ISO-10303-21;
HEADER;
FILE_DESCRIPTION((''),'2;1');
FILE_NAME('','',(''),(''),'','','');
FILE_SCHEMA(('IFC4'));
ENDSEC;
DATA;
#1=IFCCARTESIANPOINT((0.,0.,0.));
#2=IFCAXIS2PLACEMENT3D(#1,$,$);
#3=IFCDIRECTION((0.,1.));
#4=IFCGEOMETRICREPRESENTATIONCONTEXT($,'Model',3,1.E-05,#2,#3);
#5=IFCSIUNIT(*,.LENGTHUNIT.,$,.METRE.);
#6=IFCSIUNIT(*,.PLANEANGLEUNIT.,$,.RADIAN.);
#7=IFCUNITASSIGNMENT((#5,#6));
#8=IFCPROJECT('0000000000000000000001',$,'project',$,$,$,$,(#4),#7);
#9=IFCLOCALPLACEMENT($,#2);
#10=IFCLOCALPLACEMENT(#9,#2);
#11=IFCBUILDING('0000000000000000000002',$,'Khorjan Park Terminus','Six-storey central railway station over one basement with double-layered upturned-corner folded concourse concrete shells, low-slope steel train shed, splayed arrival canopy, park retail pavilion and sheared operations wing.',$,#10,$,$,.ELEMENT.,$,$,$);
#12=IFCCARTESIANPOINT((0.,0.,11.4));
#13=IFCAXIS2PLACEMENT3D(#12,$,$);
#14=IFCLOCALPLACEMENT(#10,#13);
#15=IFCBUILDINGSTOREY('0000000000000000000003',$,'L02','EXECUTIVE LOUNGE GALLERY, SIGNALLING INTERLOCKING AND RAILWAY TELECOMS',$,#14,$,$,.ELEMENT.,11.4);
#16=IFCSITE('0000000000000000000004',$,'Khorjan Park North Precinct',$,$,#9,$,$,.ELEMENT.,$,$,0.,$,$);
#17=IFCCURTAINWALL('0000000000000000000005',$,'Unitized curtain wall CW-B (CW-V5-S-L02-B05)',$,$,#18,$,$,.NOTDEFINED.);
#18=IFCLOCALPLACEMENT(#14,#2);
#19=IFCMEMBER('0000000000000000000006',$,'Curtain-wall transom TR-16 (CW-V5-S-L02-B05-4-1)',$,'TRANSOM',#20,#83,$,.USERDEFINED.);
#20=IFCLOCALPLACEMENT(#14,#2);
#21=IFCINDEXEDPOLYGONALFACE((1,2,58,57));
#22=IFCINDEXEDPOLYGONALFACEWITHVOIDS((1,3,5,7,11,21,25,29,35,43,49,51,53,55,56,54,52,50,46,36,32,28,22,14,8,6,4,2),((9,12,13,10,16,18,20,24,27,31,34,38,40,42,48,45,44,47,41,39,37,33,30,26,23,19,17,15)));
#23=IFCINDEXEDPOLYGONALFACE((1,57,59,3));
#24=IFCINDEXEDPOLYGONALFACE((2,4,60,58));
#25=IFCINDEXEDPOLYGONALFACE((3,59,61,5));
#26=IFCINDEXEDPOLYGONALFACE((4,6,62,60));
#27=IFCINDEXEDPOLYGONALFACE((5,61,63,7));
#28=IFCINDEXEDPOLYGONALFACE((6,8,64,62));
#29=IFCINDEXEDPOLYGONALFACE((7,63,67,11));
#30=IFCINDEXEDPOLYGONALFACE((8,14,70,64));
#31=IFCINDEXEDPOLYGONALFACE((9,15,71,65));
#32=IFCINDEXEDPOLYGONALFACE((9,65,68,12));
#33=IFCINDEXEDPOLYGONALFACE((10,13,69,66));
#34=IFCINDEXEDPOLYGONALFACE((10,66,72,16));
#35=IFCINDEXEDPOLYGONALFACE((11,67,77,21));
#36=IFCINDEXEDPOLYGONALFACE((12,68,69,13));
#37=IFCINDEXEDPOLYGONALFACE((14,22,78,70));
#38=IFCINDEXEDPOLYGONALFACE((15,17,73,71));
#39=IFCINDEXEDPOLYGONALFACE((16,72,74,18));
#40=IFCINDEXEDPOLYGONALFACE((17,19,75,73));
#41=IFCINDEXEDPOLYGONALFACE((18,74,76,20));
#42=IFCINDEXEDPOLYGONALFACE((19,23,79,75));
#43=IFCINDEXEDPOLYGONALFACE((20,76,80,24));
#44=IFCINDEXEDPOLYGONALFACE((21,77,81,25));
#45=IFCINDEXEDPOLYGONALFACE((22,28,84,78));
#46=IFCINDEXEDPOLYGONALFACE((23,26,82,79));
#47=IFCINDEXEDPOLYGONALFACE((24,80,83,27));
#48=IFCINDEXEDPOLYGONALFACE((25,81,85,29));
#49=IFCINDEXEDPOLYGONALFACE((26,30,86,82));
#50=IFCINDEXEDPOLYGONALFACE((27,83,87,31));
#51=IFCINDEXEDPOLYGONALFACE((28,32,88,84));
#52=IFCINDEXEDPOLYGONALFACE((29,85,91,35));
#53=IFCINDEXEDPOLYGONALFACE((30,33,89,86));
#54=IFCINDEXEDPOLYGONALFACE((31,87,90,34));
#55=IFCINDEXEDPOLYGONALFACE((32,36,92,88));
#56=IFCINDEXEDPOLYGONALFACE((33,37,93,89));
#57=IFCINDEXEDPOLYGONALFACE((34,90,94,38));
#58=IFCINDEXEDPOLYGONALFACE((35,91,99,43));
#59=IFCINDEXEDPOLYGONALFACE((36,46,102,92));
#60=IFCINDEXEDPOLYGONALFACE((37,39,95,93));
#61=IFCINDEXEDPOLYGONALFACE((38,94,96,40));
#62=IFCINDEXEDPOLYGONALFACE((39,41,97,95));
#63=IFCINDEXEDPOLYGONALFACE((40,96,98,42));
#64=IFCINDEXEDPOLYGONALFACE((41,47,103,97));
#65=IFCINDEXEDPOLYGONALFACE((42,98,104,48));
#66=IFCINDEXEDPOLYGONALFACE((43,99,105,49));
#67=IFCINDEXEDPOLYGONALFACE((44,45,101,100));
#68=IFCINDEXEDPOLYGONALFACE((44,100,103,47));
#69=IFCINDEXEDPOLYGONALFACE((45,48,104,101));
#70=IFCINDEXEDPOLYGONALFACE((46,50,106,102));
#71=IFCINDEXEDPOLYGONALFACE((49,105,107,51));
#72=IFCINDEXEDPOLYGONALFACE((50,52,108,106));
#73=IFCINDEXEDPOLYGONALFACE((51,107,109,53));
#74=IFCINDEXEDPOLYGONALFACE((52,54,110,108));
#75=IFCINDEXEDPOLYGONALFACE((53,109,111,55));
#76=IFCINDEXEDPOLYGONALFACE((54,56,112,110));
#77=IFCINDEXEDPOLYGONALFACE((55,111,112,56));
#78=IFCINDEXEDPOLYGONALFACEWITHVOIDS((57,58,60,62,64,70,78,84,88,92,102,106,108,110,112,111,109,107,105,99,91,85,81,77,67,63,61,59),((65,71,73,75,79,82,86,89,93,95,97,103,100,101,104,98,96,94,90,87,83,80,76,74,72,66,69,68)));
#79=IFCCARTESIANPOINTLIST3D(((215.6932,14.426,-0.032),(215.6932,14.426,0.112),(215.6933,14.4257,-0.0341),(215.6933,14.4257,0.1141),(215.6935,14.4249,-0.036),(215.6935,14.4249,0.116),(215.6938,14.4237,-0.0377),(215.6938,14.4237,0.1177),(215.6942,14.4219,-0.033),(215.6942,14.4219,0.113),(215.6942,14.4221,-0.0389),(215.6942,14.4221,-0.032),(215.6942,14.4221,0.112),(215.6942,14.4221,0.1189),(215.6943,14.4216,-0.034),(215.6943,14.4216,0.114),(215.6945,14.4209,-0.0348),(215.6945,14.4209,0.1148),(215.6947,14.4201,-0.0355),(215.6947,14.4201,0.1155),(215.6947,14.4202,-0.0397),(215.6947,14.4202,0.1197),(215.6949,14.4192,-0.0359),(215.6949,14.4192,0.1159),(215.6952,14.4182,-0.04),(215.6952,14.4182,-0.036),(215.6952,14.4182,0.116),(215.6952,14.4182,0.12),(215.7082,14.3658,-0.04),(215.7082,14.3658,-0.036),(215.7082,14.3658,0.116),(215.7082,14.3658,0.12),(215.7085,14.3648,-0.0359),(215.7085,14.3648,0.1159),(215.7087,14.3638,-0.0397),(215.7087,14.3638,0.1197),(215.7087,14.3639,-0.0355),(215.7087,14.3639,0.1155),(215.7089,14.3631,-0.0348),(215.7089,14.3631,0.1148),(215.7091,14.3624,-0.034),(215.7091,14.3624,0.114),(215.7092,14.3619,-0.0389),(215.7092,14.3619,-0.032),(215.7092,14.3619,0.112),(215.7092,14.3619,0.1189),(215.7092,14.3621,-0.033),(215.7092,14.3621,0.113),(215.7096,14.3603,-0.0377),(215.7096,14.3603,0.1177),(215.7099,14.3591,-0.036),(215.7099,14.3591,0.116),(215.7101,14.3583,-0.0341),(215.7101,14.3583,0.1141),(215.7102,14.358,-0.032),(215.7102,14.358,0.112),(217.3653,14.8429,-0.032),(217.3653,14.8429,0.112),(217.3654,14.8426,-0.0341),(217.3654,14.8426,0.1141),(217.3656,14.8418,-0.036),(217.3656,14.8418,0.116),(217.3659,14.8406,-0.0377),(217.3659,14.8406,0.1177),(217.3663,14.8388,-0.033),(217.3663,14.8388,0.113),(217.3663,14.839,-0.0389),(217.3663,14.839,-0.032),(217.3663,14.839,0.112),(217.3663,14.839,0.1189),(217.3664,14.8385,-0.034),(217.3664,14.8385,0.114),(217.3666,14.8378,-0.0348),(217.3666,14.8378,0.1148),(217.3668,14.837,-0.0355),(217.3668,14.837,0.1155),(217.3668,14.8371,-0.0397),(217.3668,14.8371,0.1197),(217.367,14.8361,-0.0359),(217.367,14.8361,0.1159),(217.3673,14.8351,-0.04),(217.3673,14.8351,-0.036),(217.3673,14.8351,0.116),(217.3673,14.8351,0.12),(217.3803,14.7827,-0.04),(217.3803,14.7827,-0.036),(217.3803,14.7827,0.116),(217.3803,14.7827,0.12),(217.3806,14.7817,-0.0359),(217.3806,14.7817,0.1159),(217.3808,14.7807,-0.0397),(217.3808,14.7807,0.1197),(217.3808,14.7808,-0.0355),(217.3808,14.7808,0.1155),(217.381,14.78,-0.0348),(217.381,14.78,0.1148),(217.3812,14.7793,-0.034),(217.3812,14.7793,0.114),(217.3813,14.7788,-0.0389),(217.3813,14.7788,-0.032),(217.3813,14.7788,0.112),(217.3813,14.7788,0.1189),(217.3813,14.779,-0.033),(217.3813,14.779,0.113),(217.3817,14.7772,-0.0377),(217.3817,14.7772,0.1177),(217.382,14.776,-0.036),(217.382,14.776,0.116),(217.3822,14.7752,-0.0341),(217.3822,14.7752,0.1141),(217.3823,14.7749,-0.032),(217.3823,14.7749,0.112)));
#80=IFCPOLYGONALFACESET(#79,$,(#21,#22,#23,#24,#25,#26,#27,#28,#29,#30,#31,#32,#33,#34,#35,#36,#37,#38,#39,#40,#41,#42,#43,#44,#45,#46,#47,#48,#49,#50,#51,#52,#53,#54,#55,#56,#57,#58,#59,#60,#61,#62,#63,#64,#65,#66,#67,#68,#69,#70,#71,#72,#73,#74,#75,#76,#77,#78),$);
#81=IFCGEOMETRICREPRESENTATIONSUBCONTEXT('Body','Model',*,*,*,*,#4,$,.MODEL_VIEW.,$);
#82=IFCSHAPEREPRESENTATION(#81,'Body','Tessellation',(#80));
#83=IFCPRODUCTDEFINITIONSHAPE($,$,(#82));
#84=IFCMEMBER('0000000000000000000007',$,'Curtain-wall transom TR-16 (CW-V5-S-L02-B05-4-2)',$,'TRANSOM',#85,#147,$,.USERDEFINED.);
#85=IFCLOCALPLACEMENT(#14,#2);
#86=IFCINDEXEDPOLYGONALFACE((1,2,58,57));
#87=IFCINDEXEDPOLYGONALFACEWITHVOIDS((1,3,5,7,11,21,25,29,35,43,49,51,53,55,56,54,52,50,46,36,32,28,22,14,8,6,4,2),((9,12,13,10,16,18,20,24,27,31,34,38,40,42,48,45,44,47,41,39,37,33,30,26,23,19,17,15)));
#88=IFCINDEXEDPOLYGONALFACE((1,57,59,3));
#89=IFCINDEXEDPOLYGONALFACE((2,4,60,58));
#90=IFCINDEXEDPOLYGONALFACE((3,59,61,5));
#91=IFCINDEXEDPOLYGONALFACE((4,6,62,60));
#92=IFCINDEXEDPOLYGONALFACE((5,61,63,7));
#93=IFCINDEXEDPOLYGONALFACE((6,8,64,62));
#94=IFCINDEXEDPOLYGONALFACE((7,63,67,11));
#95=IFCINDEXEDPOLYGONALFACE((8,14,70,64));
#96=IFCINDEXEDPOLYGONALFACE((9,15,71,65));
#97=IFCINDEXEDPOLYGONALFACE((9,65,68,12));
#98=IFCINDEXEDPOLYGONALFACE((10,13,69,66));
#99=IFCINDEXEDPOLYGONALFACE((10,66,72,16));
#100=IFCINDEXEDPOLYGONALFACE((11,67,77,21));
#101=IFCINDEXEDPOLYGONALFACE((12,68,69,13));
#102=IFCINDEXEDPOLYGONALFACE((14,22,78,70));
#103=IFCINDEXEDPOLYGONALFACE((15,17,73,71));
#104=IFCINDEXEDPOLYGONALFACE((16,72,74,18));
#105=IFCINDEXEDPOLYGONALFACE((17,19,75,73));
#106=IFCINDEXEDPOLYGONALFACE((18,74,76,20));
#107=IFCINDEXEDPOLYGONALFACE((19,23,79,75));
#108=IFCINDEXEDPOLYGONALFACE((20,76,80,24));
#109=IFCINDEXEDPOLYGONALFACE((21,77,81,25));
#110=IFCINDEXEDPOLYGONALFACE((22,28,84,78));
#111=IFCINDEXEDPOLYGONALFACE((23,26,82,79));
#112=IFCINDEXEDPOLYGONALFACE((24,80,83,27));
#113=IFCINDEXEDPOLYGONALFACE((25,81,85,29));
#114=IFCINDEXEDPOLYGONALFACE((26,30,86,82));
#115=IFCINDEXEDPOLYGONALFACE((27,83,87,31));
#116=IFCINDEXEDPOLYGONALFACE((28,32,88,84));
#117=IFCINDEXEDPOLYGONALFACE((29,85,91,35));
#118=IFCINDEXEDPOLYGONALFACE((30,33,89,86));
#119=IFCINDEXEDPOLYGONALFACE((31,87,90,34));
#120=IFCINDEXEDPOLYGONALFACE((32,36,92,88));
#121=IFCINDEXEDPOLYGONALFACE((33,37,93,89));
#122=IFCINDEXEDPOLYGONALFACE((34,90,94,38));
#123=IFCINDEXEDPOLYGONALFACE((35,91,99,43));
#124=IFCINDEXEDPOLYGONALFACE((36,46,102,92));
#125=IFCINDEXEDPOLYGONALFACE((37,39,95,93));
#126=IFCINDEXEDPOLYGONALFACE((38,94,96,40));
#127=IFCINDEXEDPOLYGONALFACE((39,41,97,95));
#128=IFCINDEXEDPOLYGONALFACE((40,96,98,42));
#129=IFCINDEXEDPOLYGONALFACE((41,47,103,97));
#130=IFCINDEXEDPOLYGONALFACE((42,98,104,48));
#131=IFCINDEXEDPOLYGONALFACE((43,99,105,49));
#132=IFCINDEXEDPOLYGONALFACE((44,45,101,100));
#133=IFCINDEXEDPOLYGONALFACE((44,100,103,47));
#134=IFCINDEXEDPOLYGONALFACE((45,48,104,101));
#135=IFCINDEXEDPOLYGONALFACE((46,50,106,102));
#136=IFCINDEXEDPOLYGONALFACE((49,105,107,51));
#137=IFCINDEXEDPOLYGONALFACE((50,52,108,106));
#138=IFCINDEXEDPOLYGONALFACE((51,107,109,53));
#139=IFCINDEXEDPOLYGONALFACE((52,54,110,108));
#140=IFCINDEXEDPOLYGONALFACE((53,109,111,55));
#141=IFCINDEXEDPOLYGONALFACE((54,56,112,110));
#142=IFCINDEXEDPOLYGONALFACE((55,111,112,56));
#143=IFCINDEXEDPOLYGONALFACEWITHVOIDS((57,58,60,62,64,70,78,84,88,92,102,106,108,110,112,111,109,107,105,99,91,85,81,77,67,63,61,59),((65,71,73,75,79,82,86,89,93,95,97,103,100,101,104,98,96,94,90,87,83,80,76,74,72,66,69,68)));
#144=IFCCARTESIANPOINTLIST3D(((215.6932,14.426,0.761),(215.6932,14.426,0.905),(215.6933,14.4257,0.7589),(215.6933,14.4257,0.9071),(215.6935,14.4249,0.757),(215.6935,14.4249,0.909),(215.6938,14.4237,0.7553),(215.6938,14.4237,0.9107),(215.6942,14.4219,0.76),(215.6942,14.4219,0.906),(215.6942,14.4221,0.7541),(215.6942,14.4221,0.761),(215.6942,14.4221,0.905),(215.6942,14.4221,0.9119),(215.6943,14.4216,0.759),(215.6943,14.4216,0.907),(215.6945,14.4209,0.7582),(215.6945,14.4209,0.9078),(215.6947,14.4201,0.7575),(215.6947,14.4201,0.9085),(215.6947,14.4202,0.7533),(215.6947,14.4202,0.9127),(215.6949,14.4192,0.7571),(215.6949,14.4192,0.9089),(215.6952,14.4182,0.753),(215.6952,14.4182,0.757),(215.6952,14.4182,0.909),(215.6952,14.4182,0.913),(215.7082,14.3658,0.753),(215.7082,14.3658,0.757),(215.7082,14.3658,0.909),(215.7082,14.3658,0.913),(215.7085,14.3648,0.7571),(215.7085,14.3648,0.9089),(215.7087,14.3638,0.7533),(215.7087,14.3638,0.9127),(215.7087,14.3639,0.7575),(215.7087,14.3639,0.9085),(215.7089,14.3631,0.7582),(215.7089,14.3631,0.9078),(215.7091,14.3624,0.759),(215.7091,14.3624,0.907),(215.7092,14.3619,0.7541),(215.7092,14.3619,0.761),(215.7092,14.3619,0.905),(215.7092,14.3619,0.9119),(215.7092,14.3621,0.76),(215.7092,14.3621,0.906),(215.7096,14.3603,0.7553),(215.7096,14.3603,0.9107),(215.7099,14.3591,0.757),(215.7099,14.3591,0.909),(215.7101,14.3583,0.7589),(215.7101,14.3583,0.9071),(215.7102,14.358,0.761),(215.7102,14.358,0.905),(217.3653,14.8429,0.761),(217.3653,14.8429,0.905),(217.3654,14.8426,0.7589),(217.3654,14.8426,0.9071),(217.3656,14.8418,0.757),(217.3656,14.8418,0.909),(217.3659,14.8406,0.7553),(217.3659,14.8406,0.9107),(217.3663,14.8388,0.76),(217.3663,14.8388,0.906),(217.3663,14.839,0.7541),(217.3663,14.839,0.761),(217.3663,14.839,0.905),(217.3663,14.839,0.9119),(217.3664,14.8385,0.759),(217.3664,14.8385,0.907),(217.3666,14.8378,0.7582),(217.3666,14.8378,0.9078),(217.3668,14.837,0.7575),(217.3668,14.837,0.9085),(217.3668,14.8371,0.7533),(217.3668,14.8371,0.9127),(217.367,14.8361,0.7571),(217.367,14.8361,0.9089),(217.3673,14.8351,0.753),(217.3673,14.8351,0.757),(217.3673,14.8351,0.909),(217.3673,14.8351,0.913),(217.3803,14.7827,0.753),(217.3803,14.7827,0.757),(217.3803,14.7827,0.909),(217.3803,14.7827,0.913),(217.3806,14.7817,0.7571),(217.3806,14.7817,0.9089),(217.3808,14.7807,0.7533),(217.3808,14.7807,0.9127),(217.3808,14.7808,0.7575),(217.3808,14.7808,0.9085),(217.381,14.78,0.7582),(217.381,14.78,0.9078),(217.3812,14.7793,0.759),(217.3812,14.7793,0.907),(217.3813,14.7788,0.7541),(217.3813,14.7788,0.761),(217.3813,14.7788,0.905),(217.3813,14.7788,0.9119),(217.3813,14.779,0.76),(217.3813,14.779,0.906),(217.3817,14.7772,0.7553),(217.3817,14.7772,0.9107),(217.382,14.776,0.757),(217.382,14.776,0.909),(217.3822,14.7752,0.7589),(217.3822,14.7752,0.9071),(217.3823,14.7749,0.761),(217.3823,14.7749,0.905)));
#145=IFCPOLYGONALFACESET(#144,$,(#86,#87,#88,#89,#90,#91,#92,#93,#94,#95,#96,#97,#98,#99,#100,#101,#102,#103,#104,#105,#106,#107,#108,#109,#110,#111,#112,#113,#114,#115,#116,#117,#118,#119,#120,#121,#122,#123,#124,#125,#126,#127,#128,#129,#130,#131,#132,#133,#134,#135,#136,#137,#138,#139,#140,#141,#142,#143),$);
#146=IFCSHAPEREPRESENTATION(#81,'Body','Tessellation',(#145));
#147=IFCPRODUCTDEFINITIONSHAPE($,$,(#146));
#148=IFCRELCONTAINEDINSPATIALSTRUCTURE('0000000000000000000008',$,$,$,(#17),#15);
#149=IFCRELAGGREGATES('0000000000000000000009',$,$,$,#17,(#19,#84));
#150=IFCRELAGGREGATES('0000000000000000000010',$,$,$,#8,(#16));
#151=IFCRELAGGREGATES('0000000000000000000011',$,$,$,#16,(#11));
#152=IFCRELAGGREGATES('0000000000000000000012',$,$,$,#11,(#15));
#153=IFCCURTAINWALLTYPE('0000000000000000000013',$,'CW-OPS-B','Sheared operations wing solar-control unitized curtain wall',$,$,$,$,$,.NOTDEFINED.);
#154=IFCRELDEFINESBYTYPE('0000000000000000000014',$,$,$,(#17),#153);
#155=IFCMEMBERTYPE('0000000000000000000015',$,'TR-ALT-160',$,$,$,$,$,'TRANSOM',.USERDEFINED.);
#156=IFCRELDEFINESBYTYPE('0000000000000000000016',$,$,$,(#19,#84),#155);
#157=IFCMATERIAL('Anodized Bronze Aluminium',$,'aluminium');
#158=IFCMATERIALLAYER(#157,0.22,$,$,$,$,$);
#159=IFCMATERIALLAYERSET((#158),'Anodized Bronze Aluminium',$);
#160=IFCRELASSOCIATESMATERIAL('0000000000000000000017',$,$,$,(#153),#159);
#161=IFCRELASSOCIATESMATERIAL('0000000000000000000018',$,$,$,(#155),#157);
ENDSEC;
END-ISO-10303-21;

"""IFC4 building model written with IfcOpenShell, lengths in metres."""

from ifc_helpers import new_model, si_unit, direction, frame, origin, origin_2d, place, context, subcontext, project, spatial, hollow_rectangle, extrude, material, layer, layer_set, material_profile, profile_set, type_object, element, aggregate, save


model = new_model("IFC4")

# Units and contexts
model_context = context("Model", 3, precision=1e-05, world=origin(), true_north=direction((0.0, 1.0)))
body_context = subcontext(model_context, "Body", "Model", "MODEL_VIEW")
ifc_project = project(units=[si_unit("LENGTHUNIT", "METRE"), si_unit("PLANEANGLEUNIT", "RADIAN")], contexts=[model_context])

# Site, building, storey
site_placement = place(None, origin())
site = spatial("IfcSite", under=ifc_project, at=site_placement, Name="Khorjan Park North Precinct", CompositionType="ELEMENT", RefElevation=0.0)
building_placement = place(site_placement, origin())
building = spatial("IfcBuilding", under=site, at=building_placement, Name="Khorjan Park Terminus", Description="Six-storey central railway station over one basement with double-layered upturned-corner folded concourse concrete shells, low-slope steel train shed, splayed arrival canopy, park retail pavilion and sheared operations wing.", CompositionType="ELEMENT")
storey_placement = place(building_placement, frame((0.0, 0.0, 11.4)))
storey = spatial("IfcBuildingStorey", under=building, at=storey_placement, Name="L02", Description="EXECUTIVE LOUNGE GALLERY, SIGNALLING INTERLOCKING AND RAILWAY TELECOMS", CompositionType="ELEMENT", Elevation=11.4)

# Curtain wall, members
ifc_material_1 = material(Name="Anodized Bronze Aluminium", Category="aluminium")
ifc_layer_1 = layer(ifc_material_1, 0.22)
ifc_layer_set_1 = layer_set([ifc_layer_1], Name="Anodized Bronze Aluminium")
curtain_wall_type = type_object("IfcCurtainWallType", Name="CW-OPS-B", Description="Sheared operations wing solar-control unitized curtain wall", PredefinedType="NOTDEFINED", material=ifc_layer_set_1)
curtain_wall_placement = place(storey_placement, origin())
curtain_wall = element("IfcCurtainWall", 1, at=curtain_wall_placement, inside=storey, type_object=curtain_wall_type, Name="Unitized curtain wall CW-B (CW-V5-S-L02-B05)", PredefinedType="NOTDEFINED")
ifc_material_profile_1 = material_profile(ifc_material_1, hollow_rectangle(XDim=0.07, YDim=0.16, WallThickness=0.004, InnerFilletRadius=0.004, OuterFilletRadius=0.008, at=origin_2d()), Name="ALT 70x160x4")
ifc_profile_set_1 = profile_set([ifc_material_profile_1], Name="Anodized Bronze Aluminium")
member_type_1 = type_object("IfcMemberType", Name="TR-ALT-160", ElementType="TRANSOM", PredefinedType="USERDEFINED", material=ifc_profile_set_1)
member_1_placement = place(storey_placement, frame((215.7017, 14.392, 0.04), z_axis=(0.970296, 0.241921, 0.0), x_axis=(-0.241921, 0.970296, 0.0)))
member_1 = element("IfcMember", 2, at=member_1_placement, type_object=member_type_1, Name="Curtain-wall transom TR-16 (CW-V5-S-L02-B05-4-1)", ObjectType="TRANSOM", PredefinedType="USERDEFINED", context=body_context, shape_type="SweptSolid", body=[
    extrude(hollow_rectangle(XDim=0.07, YDim=0.16, WallThickness=0.004, InnerFilletRadius=0.004, OuterFilletRadius=0.008, at=origin_2d()), origin(), (0.0, 0.0, 1.0), 1.7233),
])
member_2_placement = place(storey_placement, frame((215.7017, 14.392, 0.833), z_axis=(0.970296, 0.241921, 0.0), x_axis=(-0.241921, 0.970296, 0.0)))
member_2 = element("IfcMember", 3, at=member_2_placement, type_object=member_type_1, Name="Curtain-wall transom TR-16 (CW-V5-S-L02-B05-4-2)", ObjectType="TRANSOM", PredefinedType="USERDEFINED", context=body_context, shape_type="SweptSolid", body=[
    extrude(hollow_rectangle(XDim=0.07, YDim=0.16, WallThickness=0.004, InnerFilletRadius=0.004, OuterFilletRadius=0.008, at=origin_2d()), origin(), (0.0, 0.0, 1.0), 1.7233),
])
aggregate(curtain_wall, [member_1, member_2])

save(model, "model.ifc")
